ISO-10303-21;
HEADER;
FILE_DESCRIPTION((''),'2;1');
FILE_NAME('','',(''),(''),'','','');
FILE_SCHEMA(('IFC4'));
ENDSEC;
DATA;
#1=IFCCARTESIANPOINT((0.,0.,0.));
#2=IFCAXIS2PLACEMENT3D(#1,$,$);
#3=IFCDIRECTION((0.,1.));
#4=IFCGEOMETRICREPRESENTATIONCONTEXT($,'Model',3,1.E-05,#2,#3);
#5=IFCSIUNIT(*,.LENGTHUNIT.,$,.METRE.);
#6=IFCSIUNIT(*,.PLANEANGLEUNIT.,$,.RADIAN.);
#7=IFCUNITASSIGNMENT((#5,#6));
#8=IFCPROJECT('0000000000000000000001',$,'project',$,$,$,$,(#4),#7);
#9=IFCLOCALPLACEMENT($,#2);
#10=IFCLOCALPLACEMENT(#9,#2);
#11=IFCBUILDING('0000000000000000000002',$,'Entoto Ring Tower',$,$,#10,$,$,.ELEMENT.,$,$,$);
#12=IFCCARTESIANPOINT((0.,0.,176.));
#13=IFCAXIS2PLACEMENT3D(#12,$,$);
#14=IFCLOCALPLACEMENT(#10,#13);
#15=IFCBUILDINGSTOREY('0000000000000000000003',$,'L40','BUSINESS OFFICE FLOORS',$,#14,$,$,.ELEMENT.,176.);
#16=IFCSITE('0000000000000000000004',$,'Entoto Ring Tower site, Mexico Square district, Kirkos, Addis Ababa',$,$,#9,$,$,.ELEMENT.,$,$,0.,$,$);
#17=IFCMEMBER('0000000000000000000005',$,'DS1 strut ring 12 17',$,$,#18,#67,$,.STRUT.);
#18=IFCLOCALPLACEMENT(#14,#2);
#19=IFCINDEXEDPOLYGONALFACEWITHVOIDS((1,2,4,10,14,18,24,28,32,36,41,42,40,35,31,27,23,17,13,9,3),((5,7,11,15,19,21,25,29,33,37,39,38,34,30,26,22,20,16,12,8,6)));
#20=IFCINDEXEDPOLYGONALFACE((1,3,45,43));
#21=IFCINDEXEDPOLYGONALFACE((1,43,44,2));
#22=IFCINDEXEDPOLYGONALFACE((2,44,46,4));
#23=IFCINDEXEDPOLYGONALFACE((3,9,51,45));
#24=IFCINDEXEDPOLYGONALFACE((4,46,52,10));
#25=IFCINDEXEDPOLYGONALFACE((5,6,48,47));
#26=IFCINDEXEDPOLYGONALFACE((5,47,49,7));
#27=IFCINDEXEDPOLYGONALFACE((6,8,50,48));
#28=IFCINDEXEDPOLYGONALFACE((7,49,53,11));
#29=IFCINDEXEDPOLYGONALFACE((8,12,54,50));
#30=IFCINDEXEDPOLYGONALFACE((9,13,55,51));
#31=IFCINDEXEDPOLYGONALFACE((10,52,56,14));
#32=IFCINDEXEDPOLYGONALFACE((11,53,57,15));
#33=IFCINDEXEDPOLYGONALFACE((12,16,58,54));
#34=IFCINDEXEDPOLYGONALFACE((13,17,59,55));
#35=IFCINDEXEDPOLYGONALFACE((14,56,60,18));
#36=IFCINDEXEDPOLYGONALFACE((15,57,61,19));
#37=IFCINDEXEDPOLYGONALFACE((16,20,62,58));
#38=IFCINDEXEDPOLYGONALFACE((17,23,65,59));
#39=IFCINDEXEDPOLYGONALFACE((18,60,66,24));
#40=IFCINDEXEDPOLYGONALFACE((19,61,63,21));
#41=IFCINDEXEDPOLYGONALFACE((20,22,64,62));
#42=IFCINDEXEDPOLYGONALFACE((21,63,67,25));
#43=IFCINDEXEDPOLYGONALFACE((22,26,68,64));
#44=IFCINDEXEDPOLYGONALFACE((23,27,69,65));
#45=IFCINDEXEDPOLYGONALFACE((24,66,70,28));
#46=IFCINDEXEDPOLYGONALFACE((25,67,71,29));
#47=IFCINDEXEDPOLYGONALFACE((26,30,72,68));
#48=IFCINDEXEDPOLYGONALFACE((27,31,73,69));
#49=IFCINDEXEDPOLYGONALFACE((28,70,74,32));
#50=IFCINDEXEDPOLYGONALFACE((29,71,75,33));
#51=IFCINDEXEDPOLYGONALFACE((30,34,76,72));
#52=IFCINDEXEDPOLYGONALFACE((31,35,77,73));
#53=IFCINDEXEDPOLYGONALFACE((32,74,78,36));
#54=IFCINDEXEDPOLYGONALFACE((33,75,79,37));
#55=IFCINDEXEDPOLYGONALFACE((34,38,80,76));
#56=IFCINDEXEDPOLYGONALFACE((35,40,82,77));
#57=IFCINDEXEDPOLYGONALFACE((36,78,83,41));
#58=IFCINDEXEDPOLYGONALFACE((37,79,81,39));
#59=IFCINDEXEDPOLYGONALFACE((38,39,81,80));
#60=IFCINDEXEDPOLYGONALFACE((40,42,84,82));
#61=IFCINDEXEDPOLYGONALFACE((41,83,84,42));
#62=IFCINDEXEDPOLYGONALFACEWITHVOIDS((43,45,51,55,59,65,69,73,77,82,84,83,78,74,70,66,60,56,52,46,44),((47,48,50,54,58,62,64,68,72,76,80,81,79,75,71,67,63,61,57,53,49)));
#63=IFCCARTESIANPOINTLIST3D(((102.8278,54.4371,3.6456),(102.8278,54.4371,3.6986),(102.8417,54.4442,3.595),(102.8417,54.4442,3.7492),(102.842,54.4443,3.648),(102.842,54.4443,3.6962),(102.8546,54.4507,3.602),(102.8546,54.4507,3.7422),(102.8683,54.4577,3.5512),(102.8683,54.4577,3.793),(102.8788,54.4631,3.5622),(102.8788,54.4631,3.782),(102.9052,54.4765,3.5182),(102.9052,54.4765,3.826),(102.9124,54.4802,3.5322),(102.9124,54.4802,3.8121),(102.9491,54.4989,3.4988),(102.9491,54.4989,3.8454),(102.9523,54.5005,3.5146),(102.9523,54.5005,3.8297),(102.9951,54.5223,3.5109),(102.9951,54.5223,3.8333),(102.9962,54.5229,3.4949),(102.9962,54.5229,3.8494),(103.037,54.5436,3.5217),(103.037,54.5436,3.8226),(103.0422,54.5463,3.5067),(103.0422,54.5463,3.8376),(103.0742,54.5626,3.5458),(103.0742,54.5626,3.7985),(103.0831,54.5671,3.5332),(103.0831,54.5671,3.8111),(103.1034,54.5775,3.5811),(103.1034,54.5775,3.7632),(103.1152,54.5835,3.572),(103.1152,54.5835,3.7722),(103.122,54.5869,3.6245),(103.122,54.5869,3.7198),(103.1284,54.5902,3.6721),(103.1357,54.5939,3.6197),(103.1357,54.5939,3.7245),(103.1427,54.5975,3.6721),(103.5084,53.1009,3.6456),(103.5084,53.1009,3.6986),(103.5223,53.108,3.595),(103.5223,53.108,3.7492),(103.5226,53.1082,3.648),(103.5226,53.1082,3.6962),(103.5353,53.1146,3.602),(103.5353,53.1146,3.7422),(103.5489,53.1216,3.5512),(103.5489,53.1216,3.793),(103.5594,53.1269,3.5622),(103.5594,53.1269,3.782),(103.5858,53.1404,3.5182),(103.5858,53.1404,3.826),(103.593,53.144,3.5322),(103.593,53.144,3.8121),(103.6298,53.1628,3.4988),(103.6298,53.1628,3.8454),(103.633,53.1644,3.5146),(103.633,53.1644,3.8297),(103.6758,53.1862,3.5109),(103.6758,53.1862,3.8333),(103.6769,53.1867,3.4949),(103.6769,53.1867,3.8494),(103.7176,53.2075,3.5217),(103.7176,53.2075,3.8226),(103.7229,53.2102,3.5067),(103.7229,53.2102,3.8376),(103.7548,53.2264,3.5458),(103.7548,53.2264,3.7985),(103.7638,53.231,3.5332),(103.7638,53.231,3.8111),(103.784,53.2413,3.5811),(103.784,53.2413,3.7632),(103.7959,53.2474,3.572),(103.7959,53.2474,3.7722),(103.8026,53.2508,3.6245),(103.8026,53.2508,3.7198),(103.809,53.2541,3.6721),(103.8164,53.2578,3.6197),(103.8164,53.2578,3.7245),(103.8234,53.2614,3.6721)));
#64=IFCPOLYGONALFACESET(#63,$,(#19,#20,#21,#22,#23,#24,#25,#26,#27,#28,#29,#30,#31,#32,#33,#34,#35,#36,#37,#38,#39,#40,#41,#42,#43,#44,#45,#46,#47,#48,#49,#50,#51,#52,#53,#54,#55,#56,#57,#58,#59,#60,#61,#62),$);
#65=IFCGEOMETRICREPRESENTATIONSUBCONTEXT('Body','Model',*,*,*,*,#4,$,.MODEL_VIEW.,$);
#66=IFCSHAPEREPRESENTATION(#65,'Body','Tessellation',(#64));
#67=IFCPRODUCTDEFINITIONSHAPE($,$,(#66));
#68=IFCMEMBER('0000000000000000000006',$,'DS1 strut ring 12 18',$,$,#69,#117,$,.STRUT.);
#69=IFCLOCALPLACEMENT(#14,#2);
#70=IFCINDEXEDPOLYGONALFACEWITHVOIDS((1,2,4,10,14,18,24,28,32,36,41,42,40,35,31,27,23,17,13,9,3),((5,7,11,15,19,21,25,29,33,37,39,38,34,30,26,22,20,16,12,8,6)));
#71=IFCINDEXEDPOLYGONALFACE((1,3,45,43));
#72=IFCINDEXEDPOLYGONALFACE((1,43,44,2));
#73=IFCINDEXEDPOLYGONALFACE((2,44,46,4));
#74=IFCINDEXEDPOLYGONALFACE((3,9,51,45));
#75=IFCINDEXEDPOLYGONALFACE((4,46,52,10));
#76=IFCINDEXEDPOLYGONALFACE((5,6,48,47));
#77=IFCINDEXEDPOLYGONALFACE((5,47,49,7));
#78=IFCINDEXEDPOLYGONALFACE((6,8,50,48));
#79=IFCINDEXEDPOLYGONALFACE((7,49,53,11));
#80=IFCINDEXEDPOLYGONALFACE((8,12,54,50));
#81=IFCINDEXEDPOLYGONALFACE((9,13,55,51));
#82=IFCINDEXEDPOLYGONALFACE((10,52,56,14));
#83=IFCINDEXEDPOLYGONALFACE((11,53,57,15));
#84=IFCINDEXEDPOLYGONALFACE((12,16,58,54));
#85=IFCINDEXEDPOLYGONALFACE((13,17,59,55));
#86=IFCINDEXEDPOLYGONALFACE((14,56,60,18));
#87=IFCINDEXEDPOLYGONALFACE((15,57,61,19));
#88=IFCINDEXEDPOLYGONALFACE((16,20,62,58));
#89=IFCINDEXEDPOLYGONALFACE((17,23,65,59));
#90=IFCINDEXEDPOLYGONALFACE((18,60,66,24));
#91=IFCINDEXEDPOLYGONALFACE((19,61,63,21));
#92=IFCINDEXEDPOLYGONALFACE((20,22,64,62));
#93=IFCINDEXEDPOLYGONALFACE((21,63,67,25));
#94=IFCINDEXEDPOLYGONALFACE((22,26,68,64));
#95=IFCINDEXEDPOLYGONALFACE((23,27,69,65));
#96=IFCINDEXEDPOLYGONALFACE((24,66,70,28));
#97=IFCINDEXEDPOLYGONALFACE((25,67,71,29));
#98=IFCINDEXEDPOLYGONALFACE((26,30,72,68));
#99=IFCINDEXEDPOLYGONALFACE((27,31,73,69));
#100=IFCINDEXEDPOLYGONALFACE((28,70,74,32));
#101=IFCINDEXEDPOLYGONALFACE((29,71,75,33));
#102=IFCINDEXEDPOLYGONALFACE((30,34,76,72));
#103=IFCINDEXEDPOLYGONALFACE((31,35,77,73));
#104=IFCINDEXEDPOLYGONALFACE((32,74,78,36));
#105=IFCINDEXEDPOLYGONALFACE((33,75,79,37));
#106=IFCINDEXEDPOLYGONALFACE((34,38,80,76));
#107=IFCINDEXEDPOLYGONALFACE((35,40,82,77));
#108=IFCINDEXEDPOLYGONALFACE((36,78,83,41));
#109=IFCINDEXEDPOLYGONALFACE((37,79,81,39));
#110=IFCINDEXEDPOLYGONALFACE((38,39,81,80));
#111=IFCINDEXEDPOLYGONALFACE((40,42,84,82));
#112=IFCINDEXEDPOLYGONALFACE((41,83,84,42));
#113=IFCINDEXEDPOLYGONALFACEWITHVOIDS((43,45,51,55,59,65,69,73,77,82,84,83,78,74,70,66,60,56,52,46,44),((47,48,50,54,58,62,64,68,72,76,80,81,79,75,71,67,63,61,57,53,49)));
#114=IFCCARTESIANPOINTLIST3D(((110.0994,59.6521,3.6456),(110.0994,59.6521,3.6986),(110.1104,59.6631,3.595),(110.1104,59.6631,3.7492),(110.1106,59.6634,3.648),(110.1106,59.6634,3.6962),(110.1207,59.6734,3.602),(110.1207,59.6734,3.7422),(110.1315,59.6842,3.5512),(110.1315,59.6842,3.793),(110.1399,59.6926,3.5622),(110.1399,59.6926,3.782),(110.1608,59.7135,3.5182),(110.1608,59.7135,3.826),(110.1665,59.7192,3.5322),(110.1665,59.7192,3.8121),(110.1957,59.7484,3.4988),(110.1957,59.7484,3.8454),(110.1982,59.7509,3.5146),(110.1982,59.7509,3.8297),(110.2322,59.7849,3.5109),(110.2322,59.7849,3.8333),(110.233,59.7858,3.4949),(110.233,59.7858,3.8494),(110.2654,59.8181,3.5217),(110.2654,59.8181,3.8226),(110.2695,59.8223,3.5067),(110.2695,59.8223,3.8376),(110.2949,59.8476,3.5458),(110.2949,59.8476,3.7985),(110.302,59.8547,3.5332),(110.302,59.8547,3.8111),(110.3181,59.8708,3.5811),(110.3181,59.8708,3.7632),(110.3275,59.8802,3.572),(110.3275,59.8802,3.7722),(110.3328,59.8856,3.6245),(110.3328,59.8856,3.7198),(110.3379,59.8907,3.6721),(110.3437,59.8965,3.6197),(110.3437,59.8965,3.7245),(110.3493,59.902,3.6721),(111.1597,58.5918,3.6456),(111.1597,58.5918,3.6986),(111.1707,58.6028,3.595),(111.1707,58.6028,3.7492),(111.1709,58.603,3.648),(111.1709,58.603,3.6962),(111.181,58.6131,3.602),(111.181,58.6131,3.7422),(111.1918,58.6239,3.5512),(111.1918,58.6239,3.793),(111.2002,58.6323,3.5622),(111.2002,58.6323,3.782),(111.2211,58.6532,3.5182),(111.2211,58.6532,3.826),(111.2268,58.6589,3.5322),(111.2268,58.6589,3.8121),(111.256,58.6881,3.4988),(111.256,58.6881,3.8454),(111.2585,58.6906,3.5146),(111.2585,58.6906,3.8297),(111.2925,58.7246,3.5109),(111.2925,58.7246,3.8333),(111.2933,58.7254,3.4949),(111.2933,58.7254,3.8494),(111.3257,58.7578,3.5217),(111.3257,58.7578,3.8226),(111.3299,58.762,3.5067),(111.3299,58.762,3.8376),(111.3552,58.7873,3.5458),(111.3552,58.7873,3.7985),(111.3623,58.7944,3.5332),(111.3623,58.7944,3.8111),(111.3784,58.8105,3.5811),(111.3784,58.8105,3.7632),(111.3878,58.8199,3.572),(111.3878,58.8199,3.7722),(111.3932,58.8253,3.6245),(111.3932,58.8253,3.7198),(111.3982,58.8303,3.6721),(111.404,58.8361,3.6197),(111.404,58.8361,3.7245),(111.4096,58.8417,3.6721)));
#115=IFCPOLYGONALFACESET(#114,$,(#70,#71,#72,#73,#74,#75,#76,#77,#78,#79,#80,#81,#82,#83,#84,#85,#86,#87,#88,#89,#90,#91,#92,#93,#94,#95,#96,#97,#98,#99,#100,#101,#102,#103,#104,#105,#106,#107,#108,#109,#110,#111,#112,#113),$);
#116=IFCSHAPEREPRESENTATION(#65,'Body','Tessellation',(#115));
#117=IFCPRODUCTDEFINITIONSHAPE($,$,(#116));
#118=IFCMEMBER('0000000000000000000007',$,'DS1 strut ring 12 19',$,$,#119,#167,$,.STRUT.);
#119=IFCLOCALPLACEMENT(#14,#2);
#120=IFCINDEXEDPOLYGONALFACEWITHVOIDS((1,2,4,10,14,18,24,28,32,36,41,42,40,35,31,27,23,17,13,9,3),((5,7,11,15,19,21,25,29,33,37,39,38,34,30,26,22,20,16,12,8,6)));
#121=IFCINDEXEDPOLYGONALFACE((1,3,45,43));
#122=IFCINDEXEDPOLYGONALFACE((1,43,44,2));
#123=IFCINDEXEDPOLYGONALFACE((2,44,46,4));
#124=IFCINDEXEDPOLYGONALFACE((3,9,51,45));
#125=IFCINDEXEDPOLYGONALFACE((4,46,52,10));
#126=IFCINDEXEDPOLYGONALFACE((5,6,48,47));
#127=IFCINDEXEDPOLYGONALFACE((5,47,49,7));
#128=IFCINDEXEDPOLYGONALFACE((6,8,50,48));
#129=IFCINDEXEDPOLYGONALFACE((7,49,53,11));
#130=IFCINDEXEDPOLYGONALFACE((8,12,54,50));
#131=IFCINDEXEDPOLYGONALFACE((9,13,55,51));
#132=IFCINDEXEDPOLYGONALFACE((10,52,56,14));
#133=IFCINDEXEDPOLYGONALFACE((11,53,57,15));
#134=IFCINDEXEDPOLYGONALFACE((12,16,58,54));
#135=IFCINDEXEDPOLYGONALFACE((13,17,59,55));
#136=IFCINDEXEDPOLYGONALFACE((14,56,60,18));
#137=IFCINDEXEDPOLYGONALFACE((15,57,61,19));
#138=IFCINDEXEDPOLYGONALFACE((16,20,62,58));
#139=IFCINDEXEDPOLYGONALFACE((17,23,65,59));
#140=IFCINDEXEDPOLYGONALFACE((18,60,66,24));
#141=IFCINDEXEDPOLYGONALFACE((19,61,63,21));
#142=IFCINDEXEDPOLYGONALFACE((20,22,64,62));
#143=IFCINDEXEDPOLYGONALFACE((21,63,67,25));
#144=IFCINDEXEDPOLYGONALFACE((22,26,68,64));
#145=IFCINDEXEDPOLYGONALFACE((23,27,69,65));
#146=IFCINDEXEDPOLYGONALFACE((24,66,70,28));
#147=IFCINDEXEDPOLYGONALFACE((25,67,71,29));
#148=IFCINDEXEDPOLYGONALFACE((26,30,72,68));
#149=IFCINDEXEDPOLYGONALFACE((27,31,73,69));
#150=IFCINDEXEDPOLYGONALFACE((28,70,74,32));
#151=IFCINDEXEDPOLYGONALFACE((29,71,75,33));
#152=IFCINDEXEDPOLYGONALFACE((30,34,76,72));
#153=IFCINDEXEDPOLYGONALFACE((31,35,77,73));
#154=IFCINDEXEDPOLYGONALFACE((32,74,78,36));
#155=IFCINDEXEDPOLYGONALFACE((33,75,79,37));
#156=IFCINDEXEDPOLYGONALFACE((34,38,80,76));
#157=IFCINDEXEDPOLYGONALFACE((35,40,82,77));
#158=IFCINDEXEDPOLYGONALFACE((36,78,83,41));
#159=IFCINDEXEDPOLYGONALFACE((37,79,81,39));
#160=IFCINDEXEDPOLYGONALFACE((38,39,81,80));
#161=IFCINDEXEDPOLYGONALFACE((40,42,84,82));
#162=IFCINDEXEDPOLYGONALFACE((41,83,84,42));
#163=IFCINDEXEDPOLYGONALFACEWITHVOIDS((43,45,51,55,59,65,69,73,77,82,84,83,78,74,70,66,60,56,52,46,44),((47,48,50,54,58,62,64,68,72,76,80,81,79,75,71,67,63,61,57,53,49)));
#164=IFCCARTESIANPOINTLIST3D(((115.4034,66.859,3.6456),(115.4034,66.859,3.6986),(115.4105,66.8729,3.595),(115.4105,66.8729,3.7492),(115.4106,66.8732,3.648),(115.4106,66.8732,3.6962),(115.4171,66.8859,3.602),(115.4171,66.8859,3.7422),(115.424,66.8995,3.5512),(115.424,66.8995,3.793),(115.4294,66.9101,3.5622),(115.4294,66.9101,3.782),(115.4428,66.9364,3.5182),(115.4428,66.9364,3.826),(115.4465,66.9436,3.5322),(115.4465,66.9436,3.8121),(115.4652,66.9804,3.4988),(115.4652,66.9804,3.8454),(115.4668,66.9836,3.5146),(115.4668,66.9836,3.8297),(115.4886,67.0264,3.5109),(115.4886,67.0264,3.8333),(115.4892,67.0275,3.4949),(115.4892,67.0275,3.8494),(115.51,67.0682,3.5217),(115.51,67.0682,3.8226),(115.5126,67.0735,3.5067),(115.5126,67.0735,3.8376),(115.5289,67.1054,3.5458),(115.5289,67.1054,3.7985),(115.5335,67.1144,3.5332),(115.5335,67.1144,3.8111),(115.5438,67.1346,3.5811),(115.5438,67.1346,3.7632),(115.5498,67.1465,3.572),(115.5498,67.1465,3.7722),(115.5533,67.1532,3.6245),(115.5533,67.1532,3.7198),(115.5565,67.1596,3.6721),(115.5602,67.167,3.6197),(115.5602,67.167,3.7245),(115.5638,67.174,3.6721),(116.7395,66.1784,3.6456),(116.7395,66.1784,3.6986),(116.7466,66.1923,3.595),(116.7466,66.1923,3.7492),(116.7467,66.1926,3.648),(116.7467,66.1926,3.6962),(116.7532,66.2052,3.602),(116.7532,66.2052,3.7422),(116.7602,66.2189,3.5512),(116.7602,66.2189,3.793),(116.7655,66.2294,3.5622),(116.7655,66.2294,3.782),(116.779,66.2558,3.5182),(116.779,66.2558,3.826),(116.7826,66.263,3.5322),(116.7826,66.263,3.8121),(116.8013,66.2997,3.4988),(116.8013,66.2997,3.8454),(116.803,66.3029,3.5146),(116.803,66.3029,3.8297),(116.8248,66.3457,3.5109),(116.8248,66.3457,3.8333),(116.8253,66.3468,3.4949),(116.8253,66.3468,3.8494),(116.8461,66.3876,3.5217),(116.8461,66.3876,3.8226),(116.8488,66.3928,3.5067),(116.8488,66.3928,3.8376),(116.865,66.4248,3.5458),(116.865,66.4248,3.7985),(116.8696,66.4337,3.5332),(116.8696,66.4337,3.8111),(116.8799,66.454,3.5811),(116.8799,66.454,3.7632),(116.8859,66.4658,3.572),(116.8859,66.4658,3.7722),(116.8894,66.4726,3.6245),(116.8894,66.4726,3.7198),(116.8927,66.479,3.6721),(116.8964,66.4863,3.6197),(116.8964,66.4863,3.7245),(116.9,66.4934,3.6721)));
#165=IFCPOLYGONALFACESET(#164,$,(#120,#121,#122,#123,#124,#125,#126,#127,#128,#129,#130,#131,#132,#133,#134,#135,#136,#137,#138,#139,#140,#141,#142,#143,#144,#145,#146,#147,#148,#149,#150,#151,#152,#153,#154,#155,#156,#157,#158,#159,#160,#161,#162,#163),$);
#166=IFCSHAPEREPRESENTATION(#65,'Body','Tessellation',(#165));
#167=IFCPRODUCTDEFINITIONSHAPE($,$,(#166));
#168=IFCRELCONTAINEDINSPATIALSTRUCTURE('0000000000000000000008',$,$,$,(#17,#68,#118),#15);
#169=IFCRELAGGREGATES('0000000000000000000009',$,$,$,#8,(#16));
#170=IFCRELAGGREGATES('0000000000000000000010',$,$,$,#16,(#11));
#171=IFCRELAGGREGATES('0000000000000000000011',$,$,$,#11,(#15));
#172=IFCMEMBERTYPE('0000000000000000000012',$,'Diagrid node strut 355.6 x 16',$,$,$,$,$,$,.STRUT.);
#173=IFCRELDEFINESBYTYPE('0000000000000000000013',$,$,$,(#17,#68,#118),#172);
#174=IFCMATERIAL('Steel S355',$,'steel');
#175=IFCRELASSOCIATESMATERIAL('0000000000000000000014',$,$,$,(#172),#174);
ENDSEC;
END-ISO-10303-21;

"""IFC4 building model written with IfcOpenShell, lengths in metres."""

from ifc_helpers import new_model, si_unit, direction, frame, origin, origin_2d, place, context, subcontext, project, spatial, circle, hollow_circle, extrude, material, material_profile, profile_set, type_object, element, save


model = new_model("IFC4")

# Units and contexts
model_context = context("Model", 3, precision=1e-05, world=origin(), true_north=direction((0.0, 1.0)))
body_context = subcontext(model_context, "Body", "Model", "MODEL_VIEW")
ifc_project = project(units=[si_unit("LENGTHUNIT", "METRE"), si_unit("PLANEANGLEUNIT", "RADIAN")], contexts=[model_context])

# Site, building, storey
site_placement = place(None, origin())
site = spatial("IfcSite", under=ifc_project, at=site_placement, Name="Entoto Ring Tower site, Mexico Square district, Kirkos, Addis Ababa", CompositionType="ELEMENT", RefElevation=0.0)
building_placement = place(site_placement, origin())
building = spatial("IfcBuilding", under=site, at=building_placement, Name="Entoto Ring Tower", CompositionType="ELEMENT")
storey_placement = place(building_placement, frame((0.0, 0.0, 176.0)))
storey = spatial("IfcBuildingStorey", under=building, at=storey_placement, Name="L40", Description="BUSINESS OFFICE FLOORS", CompositionType="ELEMENT", Elevation=176.0)

# Members
ifc_material_1 = material(Name="Steel S355", Category="steel")
ifc_material_profile_1 = material_profile(ifc_material_1, hollow_circle(Radius=0.1777, WallThickness=0.0161, at=origin_2d()), Name="CHS 355.6 x 16")
ifc_material_2 = material(Name="Concrete C60/75", Category="concrete")
ifc_material_profile_2 = material_profile(ifc_material_2, circle(Radius=0.1619, at=origin_2d()), Name="Concrete C60/75 infill")
ifc_profile_set_1 = profile_set([ifc_material_profile_1, ifc_material_profile_2], Name="Steel S355")
member_type = type_object("IfcMemberType", Name="Diagrid node strut 355.6 x 16", PredefinedType="STRUT", material=ifc_profile_set_1)
for number, where, z_axis, x_axis, name in (
    (1, (102.9844, 54.5168, 3.6721), (0.453909, -0.891048, 0.0), (0.891048, 0.453909, 0.0), "DS1 strut ring 12 17"),
    (2, (110.2236, 59.7764, 3.6721), (0.707107, -0.707107, 0.0), (0.707107, 0.707107, 0.0), "DS1 strut ring 12 18"),
    (3, (115.4832, 67.0156, 3.6721), (0.891048, -0.453909, 0.0), (0.453909, 0.891048, 0.0), "DS1 strut ring 12 19"),
):
    element("IfcMember", number, at=place(storey_placement, frame(where, z_axis=z_axis, x_axis=x_axis)), inside=storey, type_object=member_type, Name=name, PredefinedType="STRUT", context=body_context, shape_type="SweptSolid", body=[
        extrude(hollow_circle(Radius=0.1777, WallThickness=0.0161, at=origin_2d()), origin(), (0.0, 0.0, 1.0), 1.4995),
    ])

save(model, "model.ifc")
